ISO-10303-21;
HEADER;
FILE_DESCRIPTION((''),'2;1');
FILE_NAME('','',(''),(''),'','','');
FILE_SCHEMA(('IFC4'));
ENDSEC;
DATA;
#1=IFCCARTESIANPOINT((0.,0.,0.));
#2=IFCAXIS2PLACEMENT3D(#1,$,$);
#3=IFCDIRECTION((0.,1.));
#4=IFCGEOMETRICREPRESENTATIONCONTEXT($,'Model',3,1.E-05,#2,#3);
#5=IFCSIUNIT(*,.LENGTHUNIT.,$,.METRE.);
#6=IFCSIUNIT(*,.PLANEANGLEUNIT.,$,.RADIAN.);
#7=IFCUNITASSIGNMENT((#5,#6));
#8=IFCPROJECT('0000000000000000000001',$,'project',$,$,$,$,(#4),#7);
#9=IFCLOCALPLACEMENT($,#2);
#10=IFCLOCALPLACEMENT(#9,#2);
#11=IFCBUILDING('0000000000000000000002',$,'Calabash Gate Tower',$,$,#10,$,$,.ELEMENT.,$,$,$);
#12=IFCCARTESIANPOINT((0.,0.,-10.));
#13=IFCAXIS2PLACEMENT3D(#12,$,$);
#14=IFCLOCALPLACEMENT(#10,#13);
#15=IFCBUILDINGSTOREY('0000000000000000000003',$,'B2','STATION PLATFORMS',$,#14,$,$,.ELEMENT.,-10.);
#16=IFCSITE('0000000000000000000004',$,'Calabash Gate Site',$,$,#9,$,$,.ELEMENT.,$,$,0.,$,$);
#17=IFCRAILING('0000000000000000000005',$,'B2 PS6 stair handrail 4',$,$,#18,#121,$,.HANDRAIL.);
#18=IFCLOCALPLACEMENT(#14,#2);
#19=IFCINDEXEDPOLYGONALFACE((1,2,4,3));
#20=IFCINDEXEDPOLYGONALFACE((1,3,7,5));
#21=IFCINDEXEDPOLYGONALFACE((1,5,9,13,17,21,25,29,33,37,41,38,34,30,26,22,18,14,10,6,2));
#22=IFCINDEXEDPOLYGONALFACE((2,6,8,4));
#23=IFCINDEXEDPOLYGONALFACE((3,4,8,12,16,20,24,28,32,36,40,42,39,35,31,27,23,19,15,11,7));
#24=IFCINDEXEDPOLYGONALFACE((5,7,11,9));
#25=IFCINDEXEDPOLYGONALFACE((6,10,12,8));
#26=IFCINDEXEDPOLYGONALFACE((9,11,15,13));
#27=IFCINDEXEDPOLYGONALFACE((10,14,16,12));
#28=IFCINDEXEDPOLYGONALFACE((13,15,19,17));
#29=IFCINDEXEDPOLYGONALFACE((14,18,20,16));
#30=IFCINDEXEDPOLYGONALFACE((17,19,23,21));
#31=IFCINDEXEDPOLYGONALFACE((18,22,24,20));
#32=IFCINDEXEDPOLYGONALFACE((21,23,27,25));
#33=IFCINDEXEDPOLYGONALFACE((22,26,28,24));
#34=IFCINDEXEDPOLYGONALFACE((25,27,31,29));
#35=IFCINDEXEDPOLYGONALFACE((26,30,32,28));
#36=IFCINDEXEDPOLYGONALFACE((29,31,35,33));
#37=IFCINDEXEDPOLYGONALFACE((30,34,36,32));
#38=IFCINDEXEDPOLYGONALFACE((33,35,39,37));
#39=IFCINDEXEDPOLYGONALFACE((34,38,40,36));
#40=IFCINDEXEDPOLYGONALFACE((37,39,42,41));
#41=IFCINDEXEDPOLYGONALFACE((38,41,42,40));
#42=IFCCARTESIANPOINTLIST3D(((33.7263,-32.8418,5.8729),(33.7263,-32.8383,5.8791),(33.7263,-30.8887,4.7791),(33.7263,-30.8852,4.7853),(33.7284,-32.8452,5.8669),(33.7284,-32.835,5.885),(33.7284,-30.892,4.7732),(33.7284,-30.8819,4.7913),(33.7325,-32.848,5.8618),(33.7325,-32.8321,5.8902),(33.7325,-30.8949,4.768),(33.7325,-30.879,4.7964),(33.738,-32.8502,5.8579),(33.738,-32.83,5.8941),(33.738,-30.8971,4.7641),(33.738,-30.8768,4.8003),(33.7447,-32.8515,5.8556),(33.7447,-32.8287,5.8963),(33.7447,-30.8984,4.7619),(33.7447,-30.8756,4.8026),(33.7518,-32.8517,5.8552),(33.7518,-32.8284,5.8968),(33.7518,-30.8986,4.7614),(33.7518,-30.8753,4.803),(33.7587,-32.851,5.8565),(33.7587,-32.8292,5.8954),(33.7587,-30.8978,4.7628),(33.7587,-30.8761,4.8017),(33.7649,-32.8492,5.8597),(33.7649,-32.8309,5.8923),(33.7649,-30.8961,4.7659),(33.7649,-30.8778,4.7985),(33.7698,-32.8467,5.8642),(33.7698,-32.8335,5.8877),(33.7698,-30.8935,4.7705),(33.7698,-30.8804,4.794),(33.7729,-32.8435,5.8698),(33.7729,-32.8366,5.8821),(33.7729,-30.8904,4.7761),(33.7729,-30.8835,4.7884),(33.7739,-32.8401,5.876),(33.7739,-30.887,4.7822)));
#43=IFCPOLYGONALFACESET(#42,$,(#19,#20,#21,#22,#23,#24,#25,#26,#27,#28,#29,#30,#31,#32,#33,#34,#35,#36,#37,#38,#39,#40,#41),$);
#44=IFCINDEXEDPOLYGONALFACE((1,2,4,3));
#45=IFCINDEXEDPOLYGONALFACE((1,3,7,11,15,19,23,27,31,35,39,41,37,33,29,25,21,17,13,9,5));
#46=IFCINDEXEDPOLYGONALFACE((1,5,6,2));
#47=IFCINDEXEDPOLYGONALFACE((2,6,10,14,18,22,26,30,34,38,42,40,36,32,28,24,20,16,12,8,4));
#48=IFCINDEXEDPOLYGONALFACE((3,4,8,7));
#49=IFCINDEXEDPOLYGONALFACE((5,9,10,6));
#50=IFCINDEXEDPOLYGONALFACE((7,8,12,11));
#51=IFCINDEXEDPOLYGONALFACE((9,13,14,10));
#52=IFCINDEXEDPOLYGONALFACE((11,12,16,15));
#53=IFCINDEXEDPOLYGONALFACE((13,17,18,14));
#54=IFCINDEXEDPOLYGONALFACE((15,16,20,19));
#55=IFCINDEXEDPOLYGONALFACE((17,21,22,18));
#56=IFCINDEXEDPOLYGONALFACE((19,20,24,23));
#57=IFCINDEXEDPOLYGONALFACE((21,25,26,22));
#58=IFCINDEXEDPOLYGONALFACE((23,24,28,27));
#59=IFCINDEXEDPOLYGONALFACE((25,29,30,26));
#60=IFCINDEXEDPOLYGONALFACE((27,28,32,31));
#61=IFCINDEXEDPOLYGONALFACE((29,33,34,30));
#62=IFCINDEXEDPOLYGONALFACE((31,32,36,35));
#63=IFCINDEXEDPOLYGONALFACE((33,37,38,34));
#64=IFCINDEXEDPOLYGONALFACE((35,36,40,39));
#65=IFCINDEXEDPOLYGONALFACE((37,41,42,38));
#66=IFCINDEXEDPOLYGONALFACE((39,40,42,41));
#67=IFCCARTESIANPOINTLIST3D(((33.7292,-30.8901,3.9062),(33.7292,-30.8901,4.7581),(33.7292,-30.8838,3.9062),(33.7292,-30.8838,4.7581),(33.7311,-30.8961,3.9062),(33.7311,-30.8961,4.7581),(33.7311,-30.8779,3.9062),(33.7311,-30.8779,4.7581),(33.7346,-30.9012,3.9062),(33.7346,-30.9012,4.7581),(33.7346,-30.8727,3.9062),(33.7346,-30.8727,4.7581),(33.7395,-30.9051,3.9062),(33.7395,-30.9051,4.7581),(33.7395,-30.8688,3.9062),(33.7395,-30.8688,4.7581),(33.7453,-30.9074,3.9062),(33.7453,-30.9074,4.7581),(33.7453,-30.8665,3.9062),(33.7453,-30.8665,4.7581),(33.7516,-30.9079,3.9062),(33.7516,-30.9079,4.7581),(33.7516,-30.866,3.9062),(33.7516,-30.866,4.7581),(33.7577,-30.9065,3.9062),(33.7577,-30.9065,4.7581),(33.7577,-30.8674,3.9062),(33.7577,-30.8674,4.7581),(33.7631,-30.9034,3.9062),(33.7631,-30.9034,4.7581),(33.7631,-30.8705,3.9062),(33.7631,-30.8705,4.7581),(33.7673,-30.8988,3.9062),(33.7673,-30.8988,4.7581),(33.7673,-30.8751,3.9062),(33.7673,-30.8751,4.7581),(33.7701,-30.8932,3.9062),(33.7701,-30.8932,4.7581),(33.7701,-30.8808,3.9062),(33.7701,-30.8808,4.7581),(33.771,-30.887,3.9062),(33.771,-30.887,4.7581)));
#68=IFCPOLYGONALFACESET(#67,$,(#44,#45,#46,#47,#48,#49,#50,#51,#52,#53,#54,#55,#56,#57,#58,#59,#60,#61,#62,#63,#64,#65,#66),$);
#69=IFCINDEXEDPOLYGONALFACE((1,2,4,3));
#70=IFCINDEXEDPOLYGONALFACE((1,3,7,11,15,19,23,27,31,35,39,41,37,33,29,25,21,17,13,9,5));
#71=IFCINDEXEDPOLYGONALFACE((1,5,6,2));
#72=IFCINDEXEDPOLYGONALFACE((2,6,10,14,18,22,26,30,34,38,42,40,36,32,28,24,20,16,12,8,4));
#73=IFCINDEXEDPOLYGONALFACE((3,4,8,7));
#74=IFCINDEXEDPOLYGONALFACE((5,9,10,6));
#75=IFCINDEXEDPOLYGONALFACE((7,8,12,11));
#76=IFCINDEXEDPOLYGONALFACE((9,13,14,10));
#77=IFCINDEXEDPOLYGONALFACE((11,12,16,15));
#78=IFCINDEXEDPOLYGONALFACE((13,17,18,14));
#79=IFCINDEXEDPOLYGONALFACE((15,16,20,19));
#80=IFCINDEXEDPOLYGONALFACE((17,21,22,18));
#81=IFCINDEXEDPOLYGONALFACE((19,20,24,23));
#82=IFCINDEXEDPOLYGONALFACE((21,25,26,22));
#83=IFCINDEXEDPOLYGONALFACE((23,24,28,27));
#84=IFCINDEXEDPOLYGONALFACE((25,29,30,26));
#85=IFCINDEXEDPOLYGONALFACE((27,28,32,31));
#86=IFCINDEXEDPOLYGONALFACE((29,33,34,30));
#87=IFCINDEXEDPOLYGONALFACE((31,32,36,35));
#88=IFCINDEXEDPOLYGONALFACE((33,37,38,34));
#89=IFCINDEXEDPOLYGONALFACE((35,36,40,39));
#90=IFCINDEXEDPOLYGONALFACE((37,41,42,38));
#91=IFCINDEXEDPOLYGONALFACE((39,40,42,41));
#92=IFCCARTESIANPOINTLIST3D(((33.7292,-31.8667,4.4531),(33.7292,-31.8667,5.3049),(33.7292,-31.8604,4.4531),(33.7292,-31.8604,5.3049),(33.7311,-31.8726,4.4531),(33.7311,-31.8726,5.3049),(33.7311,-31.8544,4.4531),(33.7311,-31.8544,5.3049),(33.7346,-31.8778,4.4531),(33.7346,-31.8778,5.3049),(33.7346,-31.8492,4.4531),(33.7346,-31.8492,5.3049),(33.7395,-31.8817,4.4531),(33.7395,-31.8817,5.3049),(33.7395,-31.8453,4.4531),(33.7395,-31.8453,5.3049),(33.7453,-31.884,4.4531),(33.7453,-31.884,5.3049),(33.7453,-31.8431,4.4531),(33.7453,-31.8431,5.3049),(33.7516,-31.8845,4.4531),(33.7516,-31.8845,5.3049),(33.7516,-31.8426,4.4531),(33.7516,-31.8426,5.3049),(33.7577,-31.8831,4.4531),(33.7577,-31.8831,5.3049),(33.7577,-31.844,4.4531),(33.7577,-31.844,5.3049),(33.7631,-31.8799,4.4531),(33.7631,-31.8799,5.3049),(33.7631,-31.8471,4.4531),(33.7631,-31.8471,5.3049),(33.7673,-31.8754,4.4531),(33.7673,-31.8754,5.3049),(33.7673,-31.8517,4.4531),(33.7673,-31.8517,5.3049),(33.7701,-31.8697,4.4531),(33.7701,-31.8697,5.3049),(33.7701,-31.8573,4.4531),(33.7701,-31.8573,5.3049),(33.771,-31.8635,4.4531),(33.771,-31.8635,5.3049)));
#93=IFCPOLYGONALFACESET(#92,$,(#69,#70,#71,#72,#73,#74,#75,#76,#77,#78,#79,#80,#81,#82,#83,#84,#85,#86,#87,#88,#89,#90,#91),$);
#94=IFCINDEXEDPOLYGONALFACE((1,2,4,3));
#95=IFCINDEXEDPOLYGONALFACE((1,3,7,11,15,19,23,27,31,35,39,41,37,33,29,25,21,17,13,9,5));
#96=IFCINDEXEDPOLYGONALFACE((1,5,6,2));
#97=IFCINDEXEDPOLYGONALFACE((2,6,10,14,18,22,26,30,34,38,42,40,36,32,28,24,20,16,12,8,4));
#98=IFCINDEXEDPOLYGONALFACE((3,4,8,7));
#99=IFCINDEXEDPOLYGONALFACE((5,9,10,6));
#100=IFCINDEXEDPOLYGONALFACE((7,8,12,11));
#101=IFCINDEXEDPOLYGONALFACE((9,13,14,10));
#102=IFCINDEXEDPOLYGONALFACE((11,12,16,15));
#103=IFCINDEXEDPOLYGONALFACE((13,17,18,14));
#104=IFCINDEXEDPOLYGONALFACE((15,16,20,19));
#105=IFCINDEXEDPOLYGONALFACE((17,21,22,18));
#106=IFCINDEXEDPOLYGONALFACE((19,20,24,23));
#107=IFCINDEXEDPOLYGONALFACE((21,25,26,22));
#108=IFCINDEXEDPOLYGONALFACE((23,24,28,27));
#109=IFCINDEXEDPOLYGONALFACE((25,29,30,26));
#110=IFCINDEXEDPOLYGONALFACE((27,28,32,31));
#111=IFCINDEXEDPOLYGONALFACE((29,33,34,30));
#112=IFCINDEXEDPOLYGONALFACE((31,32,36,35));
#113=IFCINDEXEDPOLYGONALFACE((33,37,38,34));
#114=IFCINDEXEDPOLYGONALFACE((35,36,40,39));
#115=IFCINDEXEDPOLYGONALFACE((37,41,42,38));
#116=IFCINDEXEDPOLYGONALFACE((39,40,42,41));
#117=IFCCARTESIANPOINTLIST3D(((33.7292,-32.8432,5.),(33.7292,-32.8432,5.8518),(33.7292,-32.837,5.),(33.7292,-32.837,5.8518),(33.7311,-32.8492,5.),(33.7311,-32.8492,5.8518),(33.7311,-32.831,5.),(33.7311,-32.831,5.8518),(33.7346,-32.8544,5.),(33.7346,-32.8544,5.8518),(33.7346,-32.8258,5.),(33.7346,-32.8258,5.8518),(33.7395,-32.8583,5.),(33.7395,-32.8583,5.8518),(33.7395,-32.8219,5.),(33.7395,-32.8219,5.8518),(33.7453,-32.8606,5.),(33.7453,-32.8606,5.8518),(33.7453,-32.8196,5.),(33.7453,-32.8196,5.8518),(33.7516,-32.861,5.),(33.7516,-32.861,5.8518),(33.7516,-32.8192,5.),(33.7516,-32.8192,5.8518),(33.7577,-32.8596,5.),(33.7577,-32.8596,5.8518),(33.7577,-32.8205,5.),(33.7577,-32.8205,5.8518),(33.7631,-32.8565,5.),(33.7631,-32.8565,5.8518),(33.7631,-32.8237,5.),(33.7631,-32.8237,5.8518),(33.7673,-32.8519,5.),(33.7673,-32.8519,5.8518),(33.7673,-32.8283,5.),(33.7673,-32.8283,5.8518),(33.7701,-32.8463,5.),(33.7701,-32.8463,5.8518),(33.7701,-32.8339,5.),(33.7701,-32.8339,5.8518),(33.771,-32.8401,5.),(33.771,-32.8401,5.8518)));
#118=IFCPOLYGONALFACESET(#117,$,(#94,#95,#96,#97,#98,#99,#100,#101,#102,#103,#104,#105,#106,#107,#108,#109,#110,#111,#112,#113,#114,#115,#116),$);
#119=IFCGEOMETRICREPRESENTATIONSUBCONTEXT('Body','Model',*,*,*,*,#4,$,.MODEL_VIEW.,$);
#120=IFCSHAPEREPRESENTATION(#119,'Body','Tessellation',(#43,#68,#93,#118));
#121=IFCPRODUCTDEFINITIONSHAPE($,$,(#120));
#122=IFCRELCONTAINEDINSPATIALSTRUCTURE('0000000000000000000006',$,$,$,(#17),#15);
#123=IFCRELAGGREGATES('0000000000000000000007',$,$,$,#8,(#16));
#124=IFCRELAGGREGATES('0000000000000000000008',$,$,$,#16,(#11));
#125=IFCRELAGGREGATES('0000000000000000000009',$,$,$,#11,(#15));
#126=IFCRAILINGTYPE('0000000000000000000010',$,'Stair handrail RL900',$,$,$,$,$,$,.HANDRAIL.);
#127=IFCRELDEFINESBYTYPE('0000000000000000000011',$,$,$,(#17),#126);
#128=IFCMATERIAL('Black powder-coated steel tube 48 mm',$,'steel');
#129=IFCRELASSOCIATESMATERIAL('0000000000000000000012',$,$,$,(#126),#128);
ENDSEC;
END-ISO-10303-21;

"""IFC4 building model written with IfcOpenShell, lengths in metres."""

from ifc_helpers import new_model, si_unit, direction, frame, origin, origin_2d, place, context, subcontext, project, spatial, circle, extrude, material, type_object, element, save


model = new_model("IFC4")

# Units and contexts
model_context = context("Model", 3, precision=1e-05, world=origin(), true_north=direction((0.0, 1.0)))
body_context = subcontext(model_context, "Body", "Model", "MODEL_VIEW")
ifc_project = project(units=[si_unit("LENGTHUNIT", "METRE"), si_unit("PLANEANGLEUNIT", "RADIAN")], contexts=[model_context])

# Site, building, storey
site_placement = place(None, origin())
site = spatial("IfcSite", under=ifc_project, at=site_placement, Name="Calabash Gate Site", CompositionType="ELEMENT", RefElevation=0.0)
building_placement = place(site_placement, origin())
building = spatial("IfcBuilding", under=site, at=building_placement, Name="Calabash Gate Tower", CompositionType="ELEMENT")
storey_placement = place(building_placement, frame((0.0, 0.0, -10.0)))
storey = spatial("IfcBuildingStorey", under=building, at=storey_placement, Name="B2", Description="STATION PLATFORMS", CompositionType="ELEMENT", Elevation=-10.0)

# Railing
ifc_material_1 = material(Name="Black powder-coated steel tube 48 mm", Category="steel")
railing_type = type_object("IfcRailingType", Name="Stair handrail RL900", PredefinedType="HANDRAIL", material=ifc_material_1)
for number, where, name in (
    (1, (33.75, -30.887, 3.9062), "B2 PS6 stair handrail 4"),
):
    element("IfcRailing", number, at=place(storey_placement, frame(where)), inside=storey, type_object=railing_type, Name=name, PredefinedType="HANDRAIL", context=body_context, shape_type="SweptSolid", body=[
        extrude(circle(Radius=0.0239, at=origin_2d()), frame((0.0, 0.0, 0.876), z_axis=(0.0, -0.872506, 0.488603), x_axis=(1.0, 0.0, 0.0)), (0.0, 0.0, 1.0), 2.2385),
        extrude(circle(Radius=0.021, at=origin_2d()), origin(), (0.0, 0.0, 1.0), 0.8518),
        extrude(circle(Radius=0.021, at=origin_2d()), frame((0.0, -0.9766, 0.5469)), (0.0, 0.0, 1.0), 0.8518),
        extrude(circle(Radius=0.021, at=origin_2d()), frame((0.0, -1.9531, 1.0938)), (0.0, 0.0, 1.0), 0.8518),
    ])

save(model, "model.ifc")
